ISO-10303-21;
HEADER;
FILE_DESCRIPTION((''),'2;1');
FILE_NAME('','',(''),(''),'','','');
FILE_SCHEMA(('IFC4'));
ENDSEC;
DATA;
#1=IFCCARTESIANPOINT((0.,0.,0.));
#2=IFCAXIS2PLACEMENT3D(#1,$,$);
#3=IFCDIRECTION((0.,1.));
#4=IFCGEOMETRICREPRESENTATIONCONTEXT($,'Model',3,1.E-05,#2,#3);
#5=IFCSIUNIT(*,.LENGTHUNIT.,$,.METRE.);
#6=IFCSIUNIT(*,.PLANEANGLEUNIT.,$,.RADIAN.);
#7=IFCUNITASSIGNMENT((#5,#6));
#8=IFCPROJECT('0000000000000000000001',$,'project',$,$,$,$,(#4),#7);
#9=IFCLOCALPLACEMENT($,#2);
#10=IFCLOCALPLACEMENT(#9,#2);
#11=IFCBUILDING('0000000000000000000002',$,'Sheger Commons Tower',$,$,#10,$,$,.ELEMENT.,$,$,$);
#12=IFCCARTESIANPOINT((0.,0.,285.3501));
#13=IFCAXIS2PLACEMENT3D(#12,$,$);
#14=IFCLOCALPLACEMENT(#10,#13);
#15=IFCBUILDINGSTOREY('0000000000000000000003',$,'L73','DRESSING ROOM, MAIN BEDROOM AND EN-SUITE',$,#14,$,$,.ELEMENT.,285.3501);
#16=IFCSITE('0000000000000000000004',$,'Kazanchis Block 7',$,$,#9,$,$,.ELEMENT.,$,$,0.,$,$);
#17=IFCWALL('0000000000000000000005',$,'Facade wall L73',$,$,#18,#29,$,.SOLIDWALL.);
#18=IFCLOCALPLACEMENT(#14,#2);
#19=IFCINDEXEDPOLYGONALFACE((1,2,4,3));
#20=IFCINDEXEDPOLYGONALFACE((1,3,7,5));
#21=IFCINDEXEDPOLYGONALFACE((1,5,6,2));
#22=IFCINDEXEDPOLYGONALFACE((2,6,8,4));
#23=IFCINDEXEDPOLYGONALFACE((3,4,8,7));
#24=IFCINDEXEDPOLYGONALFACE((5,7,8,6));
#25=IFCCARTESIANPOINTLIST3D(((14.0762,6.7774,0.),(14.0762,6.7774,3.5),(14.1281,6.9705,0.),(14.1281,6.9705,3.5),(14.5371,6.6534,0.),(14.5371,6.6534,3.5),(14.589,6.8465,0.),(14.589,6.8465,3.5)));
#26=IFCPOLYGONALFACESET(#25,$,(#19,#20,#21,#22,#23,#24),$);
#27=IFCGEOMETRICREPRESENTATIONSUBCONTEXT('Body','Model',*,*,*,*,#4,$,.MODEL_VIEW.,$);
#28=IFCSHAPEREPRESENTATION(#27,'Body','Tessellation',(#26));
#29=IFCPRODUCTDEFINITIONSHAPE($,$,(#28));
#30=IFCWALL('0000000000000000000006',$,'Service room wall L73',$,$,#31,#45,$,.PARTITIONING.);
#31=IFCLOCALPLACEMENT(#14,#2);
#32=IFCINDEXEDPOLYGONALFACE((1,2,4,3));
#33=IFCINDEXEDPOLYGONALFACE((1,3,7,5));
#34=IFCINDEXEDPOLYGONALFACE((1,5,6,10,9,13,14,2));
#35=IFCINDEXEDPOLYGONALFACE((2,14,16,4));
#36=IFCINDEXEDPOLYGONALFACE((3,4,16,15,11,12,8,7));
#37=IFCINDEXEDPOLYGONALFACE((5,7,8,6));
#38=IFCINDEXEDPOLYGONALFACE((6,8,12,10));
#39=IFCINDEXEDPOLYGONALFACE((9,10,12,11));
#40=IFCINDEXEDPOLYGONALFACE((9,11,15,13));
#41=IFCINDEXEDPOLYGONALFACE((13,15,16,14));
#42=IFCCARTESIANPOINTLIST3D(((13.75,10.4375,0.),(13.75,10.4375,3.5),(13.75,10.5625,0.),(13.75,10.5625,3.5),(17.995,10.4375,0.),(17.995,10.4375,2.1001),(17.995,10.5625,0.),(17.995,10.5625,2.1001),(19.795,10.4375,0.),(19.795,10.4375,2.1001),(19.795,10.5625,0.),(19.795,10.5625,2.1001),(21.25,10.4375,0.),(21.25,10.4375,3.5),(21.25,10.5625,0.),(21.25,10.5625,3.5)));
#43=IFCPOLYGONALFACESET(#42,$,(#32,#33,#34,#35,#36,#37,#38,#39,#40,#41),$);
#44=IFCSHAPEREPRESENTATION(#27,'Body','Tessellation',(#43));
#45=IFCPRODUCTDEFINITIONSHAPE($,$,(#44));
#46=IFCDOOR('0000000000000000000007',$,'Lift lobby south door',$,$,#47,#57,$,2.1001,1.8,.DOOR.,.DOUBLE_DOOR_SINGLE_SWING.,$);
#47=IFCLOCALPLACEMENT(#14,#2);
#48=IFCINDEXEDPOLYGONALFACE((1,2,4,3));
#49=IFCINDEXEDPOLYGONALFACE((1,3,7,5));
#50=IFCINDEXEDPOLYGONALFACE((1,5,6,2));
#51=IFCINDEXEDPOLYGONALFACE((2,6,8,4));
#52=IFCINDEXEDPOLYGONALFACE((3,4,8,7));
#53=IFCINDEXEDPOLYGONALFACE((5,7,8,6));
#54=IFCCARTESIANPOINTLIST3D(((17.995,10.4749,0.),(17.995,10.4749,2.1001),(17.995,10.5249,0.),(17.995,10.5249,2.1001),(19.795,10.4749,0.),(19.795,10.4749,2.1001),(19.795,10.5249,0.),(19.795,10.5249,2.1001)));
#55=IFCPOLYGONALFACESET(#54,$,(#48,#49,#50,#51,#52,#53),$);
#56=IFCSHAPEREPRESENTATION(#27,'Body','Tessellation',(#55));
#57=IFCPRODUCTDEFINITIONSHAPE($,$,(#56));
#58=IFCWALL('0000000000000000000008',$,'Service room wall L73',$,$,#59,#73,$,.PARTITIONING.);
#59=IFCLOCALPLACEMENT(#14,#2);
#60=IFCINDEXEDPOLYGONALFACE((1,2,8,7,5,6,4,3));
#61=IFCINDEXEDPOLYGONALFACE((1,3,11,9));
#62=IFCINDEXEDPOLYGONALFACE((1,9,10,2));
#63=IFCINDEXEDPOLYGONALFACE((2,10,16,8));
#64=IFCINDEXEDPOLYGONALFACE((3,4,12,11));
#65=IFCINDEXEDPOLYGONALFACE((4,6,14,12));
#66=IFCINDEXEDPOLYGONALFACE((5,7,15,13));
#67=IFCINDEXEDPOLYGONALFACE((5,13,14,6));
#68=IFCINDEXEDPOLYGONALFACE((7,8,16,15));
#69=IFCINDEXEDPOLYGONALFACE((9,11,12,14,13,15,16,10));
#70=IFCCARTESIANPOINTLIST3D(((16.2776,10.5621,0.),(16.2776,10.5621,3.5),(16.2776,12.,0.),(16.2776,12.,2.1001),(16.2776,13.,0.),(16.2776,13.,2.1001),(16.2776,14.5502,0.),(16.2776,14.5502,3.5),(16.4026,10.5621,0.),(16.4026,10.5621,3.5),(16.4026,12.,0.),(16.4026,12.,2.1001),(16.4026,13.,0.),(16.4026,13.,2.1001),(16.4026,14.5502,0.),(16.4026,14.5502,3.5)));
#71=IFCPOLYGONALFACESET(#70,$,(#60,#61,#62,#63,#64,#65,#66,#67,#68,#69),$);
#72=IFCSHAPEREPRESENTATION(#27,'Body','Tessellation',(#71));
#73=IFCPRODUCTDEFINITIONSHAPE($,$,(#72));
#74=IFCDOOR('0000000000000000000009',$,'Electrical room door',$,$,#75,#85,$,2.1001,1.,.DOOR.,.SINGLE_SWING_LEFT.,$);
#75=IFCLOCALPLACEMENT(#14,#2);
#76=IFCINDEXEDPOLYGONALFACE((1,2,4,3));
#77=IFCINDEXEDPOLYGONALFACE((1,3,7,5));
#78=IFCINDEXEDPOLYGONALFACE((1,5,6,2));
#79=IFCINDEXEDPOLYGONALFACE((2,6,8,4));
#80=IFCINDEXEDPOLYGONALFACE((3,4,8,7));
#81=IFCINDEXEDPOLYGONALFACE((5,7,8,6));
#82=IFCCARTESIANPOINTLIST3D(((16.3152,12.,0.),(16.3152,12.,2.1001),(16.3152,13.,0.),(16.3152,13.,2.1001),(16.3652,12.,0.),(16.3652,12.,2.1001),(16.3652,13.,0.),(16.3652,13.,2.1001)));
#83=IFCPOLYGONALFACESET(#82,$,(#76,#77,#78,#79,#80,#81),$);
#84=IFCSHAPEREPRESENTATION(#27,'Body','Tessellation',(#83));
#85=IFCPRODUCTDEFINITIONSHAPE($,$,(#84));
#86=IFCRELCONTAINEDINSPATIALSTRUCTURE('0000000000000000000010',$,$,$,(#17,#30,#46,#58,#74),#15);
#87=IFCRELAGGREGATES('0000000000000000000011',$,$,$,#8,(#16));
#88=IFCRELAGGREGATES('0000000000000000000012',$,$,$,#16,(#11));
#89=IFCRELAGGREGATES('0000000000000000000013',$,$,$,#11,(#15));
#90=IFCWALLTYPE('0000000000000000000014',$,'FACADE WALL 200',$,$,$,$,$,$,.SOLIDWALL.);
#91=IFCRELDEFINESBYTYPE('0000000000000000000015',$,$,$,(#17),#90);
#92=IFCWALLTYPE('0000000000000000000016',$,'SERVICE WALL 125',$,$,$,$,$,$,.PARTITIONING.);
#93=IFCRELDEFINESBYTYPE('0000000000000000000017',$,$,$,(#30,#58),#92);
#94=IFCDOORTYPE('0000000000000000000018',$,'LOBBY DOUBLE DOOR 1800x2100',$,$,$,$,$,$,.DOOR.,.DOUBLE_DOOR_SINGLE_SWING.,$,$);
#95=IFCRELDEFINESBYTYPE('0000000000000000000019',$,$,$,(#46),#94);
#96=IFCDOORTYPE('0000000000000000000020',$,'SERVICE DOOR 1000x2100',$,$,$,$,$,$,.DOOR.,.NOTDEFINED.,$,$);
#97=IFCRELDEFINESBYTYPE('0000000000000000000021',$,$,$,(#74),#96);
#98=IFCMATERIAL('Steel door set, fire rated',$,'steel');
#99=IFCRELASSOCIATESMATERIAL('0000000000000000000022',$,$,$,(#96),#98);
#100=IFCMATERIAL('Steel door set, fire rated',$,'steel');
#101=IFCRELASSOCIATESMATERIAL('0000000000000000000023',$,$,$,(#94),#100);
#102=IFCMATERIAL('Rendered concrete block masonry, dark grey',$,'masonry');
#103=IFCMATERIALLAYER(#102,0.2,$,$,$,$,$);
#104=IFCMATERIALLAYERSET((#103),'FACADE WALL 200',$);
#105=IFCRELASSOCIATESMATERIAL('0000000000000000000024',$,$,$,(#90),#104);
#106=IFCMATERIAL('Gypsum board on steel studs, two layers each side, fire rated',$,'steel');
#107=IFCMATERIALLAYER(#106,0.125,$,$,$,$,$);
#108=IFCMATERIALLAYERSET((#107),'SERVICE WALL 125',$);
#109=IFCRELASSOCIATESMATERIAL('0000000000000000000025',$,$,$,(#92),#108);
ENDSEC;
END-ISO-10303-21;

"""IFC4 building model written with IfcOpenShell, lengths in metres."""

from ifc_helpers import new_model, si_unit, direction, frame, frame_2d, origin, place, context, subcontext, project, spatial, rectangle, extrude, material, layer, layer_set, type_object, element, fill, save


model = new_model("IFC4")

# Units and contexts
model_context = context("Model", 3, precision=1e-05, world=origin(), true_north=direction((0.0, 1.0)))
body_context = subcontext(model_context, "Body", "Model", "MODEL_VIEW")
ifc_project = project(units=[si_unit("LENGTHUNIT", "METRE"), si_unit("PLANEANGLEUNIT", "RADIAN")], contexts=[model_context])

# Site, building, storey
site_placement = place(None, origin())
site = spatial("IfcSite", under=ifc_project, at=site_placement, Name="Kazanchis Block 7", CompositionType="ELEMENT", RefElevation=0.0)
building_placement = place(site_placement, origin())
building = spatial("IfcBuilding", under=site, at=building_placement, Name="Sheger Commons Tower", CompositionType="ELEMENT")
storey_placement = place(building_placement, frame((0.0, 0.0, 285.3501)))
storey = spatial("IfcBuildingStorey", under=building, at=storey_placement, Name="L73", Description="DRESSING ROOM, MAIN BEDROOM AND EN-SUITE", CompositionType="ELEMENT", Elevation=285.3501)

# Shared definitions
ifc_material_1 = material(Name="Steel door set, fire rated", Category="steel")
door_type_1 = type_object("IfcDoorType", Name="SERVICE DOOR 1000x2100", OperationType="NOTDEFINED", PredefinedType="DOOR", material=ifc_material_1)
ifc_material_2 = material(Name="Steel door set, fire rated", Category="steel")
door_type_2 = type_object("IfcDoorType", Name="LOBBY DOUBLE DOOR 1800x2100", OperationType="DOUBLE_DOOR_SINGLE_SWING", PredefinedType="DOOR", material=ifc_material_2)

# Wall
ifc_material_3 = material(Name="Rendered concrete block masonry, dark grey", Category="masonry")
ifc_layer_1 = layer(ifc_material_3, 0.2)
ifc_layer_set_1 = layer_set([ifc_layer_1], Name="FACADE WALL 200")
wall_type_1 = type_object("IfcWallType", Name="FACADE WALL 200", PredefinedType="SOLIDWALL", material=ifc_layer_set_1)
wall_1_placement = place(storey_placement, frame((14.1021, 6.874, 0.0), z_axis=(0.0, 0.0, 1.0), x_axis=(0.965655, -0.259827, 0.0)))
element("IfcWall", 1, at=wall_1_placement, inside=storey, type_object=wall_type_1, Name="Facade wall L73", PredefinedType="SOLIDWALL", context=body_context, shape_type="SweptSolid", body=[
    extrude(rectangle(XDim=0.4773, YDim=0.2, at=frame_2d((0.2388, 0.0))), origin(), (0.0, 0.0, 1.0), 3.5),
])

# Walls, openings, doors
ifc_material_4 = material(Name="Gypsum board on steel studs, two layers each side, fire rated", Category="steel")
ifc_layer_2 = layer(ifc_material_4, 0.125)
ifc_layer_set_2 = layer_set([ifc_layer_2], Name="SERVICE WALL 125")
wall_type_2 = type_object("IfcWallType", Name="SERVICE WALL 125", PredefinedType="PARTITIONING", material=ifc_layer_set_2)
wall_2_placement = place(storey_placement, frame((13.75, 10.5, 0.0), z_axis=(0.0, 0.0, 1.0), x_axis=(1.0, 0.0, 0.0)))
wall_2 = element("IfcWall", 2, at=wall_2_placement, inside=storey, type_object=wall_type_2, Name="Service room wall L73", PredefinedType="PARTITIONING", context=body_context, shape_type="SweptSolid", body=[
    extrude(rectangle(XDim=7.5, YDim=0.125, at=frame_2d((3.75, 0.0))), origin(), (0.0, 0.0, 1.0), 3.5),
])
opening_1_placement = place(wall_2_placement, frame((4.2451, 0.0, 0.0)))
opening_1 = element("IfcOpeningElement", 3, at=opening_1_placement, cuts=wall_2, PredefinedType="OPENING", context=body_context, shape_type="SweptSolid", body=[
    extrude(rectangle(XDim=1.8, YDim=2.1001, at=frame_2d((0.8999, 1.05))), frame((0.0, 0.0725, 0.0), z_axis=(0.0, -1.0, 0.0), x_axis=(1.0, 0.0, 0.0)), (0.0, 0.0, 1.0), 0.145),
])
door_1_placement = place(opening_1_placement, origin())
door_1 = element("IfcDoor", 4, at=door_1_placement, inside=storey, type_object=door_type_2, Name="Lift lobby south door", OperationType="DOUBLE_DOOR_SINGLE_SWING", OverallHeight=2.1001, OverallWidth=1.8, PredefinedType="DOOR", context=body_context, shape_type="SweptSolid", body=[
    extrude(rectangle(XDim=1.8, YDim=2.1001, at=frame_2d((0.8999, 1.05))), frame((0.0, 0.0249, 0.0), z_axis=(0.0, -1.0, 0.0), x_axis=(1.0, 0.0, 0.0)), (0.0, 0.0, 1.0), 0.05),
])
fill(opening_1, door_1)
wall_3_placement = place(storey_placement, frame((16.3401, 10.562, 0.0), z_axis=(0.0, 0.0, 1.0), x_axis=(0.0, 1.0, 0.0)))
wall_3 = element("IfcWall", 5, at=wall_3_placement, inside=storey, type_object=wall_type_2, Name="Service room wall L73", PredefinedType="PARTITIONING", context=body_context, shape_type="SweptSolid", body=[
    extrude(rectangle(XDim=3.988, YDim=0.125, at=frame_2d((1.9941, 0.0))), origin(), (0.0, 0.0, 1.0), 3.5),
])
opening_2_placement = place(wall_3_placement, frame((1.438, 0.0, 0.0)))
opening_2 = element("IfcOpeningElement", 6, at=opening_2_placement, cuts=wall_3, PredefinedType="OPENING", context=body_context, shape_type="SweptSolid", body=[
    extrude(rectangle(XDim=1.0, YDim=2.1001, at=frame_2d((0.5, 1.05))), frame((0.0, 0.0725, 0.0), z_axis=(0.0, -1.0, 0.0), x_axis=(1.0, 0.0, 0.0)), (0.0, 0.0, 1.0), 0.145),
])
door_2_placement = place(opening_2_placement, origin())
door_2 = element("IfcDoor", 7, at=door_2_placement, inside=storey, type_object=door_type_1, Name="Electrical room door", OperationType="SINGLE_SWING_LEFT", OverallHeight=2.1001, OverallWidth=1.0, PredefinedType="DOOR", context=body_context, shape_type="SweptSolid", body=[
    extrude(rectangle(XDim=1.0, YDim=2.1001, at=frame_2d((0.5, 1.05))), frame((0.0, 0.0249, 0.0), z_axis=(0.0, -1.0, 0.0), x_axis=(1.0, 0.0, 0.0)), (0.0, 0.0, 1.0), 0.05),
])
fill(opening_2, door_2)

save(model, "model.ifc")
